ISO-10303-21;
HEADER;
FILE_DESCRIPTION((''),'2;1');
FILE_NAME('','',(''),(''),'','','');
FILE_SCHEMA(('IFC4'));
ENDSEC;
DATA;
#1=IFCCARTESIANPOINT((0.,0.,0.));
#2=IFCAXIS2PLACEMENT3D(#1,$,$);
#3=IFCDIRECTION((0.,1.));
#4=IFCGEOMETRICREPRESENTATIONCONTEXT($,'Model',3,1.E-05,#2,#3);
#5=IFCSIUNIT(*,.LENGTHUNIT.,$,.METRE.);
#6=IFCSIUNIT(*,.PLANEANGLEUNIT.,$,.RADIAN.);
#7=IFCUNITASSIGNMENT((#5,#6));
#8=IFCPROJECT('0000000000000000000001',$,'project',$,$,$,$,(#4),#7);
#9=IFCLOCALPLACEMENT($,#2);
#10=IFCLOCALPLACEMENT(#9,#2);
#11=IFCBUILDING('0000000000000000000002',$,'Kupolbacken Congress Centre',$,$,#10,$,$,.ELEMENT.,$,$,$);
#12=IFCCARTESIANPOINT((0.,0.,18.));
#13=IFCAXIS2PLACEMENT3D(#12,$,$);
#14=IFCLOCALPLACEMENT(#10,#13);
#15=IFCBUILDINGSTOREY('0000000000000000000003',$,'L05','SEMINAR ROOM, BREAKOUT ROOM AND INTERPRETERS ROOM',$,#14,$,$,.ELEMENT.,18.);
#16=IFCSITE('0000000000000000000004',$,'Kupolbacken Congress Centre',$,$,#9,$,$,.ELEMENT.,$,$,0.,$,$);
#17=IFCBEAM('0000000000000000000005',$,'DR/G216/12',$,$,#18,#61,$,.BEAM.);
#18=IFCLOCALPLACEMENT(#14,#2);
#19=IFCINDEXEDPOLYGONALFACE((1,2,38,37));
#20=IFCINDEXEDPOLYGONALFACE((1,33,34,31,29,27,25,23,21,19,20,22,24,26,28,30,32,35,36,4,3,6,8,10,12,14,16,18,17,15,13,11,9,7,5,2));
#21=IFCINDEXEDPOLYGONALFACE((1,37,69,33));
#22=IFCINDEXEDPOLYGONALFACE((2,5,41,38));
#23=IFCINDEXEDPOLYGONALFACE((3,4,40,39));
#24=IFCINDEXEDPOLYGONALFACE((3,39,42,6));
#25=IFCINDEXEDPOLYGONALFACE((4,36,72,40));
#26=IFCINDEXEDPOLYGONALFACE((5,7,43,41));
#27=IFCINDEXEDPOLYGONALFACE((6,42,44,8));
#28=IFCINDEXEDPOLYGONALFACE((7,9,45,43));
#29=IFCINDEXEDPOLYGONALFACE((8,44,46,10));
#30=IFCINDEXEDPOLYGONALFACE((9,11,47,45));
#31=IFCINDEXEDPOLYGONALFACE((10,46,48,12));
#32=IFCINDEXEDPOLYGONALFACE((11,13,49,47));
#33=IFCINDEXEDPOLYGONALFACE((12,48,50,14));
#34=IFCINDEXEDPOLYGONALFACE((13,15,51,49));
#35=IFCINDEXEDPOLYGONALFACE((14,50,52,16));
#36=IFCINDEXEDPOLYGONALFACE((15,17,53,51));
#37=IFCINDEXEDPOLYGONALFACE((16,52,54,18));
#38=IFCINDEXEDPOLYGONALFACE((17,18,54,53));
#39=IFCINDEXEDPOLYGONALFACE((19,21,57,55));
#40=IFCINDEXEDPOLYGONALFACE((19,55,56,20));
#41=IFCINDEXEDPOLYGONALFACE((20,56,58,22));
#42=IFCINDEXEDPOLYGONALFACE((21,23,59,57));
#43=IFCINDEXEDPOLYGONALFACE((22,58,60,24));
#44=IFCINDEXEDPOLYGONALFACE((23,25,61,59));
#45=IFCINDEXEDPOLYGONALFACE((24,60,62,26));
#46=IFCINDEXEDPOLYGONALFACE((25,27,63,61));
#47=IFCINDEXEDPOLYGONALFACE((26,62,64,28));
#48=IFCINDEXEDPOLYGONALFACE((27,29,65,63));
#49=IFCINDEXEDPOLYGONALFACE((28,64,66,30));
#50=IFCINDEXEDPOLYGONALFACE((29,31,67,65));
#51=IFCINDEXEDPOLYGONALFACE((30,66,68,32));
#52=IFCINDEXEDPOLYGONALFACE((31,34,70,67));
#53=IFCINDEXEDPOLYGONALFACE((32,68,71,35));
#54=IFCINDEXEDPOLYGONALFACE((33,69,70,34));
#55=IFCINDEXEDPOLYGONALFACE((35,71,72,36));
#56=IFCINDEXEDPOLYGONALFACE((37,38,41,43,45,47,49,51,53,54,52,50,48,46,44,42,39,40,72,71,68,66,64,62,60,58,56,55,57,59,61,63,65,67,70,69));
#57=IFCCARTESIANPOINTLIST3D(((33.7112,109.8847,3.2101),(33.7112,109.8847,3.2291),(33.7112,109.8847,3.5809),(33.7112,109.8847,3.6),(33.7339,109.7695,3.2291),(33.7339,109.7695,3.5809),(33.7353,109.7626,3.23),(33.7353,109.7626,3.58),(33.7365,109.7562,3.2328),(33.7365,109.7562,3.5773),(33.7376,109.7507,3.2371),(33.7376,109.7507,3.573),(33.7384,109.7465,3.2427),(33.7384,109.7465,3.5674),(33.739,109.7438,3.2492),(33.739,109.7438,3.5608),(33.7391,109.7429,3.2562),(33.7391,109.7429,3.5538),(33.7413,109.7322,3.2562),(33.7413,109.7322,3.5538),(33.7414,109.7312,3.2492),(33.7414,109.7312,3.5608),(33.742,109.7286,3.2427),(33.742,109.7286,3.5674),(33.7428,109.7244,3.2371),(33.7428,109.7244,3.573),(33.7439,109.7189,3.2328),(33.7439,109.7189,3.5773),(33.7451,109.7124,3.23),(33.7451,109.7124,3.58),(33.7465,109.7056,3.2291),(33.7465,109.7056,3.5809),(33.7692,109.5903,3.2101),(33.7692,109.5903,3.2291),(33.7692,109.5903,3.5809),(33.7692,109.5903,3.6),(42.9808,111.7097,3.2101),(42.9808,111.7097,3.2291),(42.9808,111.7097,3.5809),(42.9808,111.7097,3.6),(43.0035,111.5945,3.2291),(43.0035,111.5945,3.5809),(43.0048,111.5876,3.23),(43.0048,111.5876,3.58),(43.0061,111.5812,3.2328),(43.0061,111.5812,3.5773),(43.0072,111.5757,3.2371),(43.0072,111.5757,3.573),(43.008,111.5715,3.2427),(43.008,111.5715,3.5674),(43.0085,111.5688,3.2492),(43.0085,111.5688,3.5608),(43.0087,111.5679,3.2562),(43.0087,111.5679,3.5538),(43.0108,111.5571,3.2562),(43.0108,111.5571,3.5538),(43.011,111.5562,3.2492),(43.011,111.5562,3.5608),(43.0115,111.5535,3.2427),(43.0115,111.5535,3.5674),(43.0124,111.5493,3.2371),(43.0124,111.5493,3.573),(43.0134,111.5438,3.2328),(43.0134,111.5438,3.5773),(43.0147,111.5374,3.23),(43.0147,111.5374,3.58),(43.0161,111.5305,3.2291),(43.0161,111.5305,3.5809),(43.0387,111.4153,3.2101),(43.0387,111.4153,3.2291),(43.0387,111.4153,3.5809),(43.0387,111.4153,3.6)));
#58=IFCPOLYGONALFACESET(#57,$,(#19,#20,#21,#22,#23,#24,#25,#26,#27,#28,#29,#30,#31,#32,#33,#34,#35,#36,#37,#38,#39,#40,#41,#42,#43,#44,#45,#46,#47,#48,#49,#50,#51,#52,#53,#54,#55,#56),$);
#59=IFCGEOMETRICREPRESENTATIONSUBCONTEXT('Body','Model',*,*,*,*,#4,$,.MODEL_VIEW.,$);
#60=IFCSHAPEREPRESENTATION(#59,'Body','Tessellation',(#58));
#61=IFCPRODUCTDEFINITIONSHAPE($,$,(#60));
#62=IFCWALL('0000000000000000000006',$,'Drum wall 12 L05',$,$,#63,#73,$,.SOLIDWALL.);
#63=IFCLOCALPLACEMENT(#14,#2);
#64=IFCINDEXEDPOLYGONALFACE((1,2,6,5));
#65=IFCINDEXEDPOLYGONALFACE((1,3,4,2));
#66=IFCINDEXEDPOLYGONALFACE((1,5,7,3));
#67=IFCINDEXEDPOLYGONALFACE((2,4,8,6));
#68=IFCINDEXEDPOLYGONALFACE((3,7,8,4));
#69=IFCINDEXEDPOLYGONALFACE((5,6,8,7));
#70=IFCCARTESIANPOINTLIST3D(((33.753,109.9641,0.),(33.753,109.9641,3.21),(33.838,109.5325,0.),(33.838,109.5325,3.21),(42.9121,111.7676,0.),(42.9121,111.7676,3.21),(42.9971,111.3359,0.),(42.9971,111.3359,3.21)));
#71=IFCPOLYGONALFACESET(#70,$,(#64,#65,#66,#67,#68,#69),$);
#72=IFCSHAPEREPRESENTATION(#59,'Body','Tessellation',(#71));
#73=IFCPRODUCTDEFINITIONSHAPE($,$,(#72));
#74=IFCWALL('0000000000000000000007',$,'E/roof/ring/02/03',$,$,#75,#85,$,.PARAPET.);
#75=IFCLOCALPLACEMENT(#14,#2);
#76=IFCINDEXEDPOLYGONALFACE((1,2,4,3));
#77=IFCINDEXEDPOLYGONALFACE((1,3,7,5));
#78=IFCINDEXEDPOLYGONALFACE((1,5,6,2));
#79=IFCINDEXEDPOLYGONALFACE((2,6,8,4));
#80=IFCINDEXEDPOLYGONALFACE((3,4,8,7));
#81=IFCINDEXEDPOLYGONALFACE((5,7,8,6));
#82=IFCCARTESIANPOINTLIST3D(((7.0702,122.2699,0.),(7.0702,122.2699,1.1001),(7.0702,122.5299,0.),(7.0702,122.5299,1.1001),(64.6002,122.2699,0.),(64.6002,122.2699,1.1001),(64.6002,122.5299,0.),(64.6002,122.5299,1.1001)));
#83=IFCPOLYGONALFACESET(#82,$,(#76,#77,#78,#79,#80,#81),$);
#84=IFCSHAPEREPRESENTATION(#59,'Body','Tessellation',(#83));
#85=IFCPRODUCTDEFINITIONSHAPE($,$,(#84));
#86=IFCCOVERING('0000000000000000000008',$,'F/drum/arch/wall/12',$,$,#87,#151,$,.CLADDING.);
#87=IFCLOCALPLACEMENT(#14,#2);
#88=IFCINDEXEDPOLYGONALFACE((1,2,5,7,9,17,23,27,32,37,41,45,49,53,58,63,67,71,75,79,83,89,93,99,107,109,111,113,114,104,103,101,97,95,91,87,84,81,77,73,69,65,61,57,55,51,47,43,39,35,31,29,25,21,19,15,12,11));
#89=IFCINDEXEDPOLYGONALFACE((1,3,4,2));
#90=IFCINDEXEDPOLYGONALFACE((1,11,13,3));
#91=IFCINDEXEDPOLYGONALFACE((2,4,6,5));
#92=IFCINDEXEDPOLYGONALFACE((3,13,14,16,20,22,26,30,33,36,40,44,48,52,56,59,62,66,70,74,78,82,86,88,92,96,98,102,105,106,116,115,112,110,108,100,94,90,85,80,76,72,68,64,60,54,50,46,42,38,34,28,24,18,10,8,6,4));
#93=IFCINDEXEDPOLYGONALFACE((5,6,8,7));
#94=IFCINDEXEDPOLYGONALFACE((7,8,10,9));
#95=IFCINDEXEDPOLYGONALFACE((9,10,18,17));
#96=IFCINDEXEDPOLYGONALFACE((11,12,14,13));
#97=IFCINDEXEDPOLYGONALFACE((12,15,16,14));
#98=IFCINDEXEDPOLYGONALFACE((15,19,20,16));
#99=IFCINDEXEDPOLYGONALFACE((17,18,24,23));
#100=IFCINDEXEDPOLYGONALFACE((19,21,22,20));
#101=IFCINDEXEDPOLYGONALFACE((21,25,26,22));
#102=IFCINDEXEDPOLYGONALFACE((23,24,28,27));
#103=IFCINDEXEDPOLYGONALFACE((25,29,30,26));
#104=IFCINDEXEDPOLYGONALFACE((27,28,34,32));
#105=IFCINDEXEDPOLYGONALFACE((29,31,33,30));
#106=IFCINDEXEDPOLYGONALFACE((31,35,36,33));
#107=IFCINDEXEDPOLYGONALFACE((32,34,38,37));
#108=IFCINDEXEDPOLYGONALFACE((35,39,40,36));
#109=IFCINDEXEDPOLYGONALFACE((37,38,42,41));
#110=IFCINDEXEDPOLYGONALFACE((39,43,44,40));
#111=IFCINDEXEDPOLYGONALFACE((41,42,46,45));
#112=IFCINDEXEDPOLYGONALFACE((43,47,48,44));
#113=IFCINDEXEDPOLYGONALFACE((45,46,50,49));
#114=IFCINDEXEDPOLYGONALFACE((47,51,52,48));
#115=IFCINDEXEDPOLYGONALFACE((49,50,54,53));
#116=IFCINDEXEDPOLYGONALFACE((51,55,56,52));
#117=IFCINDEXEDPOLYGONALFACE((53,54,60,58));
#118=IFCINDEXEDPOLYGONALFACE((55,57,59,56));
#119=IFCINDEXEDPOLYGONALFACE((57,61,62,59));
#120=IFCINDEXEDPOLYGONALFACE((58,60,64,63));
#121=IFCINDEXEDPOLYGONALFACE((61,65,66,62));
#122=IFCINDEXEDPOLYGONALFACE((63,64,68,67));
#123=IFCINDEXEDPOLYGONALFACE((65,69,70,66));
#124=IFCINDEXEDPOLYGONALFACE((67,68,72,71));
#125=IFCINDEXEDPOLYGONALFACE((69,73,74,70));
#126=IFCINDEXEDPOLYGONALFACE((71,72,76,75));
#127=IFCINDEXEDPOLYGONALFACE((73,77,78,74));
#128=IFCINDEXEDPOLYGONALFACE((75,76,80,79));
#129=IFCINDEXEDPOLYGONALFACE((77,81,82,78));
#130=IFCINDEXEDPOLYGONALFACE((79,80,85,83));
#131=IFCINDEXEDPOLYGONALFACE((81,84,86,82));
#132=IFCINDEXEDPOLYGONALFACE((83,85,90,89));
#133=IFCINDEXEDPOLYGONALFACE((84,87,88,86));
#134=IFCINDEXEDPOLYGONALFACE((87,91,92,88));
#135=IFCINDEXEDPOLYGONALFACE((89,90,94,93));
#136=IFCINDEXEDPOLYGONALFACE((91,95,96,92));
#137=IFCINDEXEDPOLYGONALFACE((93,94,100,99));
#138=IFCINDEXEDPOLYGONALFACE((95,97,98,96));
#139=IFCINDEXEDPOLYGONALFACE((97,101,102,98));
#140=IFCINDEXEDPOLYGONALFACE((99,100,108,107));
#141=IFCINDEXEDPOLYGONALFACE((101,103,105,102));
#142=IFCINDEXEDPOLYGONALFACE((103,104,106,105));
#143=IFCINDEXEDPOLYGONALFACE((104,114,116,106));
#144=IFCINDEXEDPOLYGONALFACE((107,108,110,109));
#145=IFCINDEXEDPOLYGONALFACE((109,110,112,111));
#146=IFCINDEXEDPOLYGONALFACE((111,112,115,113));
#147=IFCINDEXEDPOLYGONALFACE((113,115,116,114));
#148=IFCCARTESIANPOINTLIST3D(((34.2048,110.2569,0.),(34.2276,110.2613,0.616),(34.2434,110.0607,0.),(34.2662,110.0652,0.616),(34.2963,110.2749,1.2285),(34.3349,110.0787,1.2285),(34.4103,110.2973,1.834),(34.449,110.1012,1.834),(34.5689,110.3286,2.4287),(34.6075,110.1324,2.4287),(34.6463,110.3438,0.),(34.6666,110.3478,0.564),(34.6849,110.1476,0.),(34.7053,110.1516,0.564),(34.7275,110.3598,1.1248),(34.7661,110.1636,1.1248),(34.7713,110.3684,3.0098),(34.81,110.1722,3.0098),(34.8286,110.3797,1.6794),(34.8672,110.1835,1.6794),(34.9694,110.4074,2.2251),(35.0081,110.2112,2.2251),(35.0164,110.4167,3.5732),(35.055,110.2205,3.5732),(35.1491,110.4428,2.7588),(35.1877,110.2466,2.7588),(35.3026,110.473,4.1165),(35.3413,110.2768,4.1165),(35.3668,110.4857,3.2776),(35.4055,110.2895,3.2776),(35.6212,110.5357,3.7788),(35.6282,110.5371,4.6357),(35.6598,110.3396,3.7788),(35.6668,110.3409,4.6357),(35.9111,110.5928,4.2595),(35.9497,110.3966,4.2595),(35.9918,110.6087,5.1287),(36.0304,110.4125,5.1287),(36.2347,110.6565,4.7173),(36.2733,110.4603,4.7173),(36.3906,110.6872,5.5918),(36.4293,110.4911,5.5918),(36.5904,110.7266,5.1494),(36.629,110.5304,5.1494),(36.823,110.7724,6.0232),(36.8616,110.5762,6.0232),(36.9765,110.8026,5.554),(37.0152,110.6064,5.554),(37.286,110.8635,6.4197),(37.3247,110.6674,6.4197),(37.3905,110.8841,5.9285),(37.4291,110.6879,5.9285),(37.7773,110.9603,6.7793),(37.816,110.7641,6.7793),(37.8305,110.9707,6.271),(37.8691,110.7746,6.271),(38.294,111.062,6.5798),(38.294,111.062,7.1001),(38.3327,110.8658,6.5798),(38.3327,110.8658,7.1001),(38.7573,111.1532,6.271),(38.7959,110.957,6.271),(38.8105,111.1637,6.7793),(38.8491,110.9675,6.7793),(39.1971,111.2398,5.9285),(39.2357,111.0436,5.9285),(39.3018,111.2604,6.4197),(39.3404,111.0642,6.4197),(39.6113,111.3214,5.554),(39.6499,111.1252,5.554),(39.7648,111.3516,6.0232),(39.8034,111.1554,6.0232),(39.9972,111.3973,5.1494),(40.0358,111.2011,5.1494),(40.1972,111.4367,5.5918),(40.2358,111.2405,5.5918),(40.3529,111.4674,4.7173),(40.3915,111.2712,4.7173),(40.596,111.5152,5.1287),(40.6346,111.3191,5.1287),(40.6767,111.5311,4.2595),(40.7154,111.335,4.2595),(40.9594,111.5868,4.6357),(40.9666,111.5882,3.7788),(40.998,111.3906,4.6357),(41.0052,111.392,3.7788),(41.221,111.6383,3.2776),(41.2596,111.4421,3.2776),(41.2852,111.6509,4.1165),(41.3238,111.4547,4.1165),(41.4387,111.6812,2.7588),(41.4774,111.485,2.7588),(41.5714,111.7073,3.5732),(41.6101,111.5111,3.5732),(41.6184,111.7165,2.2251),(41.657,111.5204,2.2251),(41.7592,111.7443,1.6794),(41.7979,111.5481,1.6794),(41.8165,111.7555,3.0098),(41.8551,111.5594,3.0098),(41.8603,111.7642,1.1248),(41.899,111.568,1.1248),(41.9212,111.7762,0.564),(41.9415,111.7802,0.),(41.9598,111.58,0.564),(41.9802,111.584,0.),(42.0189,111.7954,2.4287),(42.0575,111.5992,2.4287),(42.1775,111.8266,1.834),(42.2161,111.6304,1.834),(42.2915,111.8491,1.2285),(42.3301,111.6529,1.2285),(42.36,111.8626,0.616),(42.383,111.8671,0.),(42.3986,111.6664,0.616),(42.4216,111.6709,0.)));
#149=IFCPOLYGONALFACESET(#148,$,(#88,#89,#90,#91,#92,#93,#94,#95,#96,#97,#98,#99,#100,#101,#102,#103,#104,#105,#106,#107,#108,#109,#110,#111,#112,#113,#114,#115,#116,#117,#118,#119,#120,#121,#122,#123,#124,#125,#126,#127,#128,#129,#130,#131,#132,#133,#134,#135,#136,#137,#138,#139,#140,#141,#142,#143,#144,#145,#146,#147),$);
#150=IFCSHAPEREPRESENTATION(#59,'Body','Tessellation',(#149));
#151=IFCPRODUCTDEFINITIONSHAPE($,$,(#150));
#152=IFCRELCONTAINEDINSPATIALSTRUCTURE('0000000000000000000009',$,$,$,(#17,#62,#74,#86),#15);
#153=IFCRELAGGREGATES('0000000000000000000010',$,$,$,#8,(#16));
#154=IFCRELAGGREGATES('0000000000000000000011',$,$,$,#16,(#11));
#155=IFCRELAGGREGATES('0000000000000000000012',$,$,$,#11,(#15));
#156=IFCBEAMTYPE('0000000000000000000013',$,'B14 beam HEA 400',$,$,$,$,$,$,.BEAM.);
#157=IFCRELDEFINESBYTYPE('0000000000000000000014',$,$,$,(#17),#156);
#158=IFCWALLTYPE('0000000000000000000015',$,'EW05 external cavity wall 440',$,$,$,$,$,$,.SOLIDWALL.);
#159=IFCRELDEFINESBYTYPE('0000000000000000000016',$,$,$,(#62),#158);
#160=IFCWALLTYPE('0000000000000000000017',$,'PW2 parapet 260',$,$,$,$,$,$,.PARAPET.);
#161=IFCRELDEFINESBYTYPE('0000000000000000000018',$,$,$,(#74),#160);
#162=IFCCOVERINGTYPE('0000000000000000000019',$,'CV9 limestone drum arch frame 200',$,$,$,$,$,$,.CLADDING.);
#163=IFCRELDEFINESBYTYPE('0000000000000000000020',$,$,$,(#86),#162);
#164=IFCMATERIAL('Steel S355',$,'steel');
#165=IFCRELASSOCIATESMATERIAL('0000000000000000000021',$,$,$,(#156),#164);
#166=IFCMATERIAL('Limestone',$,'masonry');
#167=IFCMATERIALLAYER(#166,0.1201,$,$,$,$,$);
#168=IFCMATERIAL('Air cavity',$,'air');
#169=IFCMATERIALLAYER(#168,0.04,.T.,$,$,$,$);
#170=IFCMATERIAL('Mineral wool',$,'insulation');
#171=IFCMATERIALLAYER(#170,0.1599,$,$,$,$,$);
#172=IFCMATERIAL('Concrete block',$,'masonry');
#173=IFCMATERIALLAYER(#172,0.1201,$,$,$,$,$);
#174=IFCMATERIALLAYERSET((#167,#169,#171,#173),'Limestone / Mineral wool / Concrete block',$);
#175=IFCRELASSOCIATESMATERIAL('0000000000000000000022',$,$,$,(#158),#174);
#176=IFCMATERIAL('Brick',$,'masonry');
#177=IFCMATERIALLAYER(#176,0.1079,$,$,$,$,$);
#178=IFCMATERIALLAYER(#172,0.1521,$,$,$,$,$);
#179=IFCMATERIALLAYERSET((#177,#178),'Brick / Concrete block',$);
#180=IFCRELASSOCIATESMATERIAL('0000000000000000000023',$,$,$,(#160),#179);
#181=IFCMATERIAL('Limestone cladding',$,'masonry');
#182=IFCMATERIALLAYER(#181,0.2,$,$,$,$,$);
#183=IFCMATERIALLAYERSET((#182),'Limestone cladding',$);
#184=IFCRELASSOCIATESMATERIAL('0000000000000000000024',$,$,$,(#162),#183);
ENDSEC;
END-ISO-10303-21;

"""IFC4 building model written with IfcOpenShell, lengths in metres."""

from ifc_helpers import new_model, si_unit, direction, frame, frame_2d, origin, origin_2d, place, context, subcontext, project, spatial, polyline, rectangle, i_section, outline, extrude, material, layer, layer_set, material_profile, profile_set, type_object, element, save


model = new_model("IFC4")

# Units and contexts
model_context = context("Model", 3, precision=1e-05, world=origin(), true_north=direction((0.0, 1.0)))
body_context = subcontext(model_context, "Body", "Model", "MODEL_VIEW")
ifc_project = project(units=[si_unit("LENGTHUNIT", "METRE"), si_unit("PLANEANGLEUNIT", "RADIAN")], contexts=[model_context])

# Site, building, storey
site_placement = place(None, origin())
site = spatial("IfcSite", under=ifc_project, at=site_placement, Name="Kupolbacken Congress Centre", CompositionType="ELEMENT", RefElevation=0.0)
building_placement = place(site_placement, origin())
building = spatial("IfcBuilding", under=site, at=building_placement, Name="Kupolbacken Congress Centre", CompositionType="ELEMENT")
storey_placement = place(building_placement, frame((0.0, 0.0, 18.0)))
storey = spatial("IfcBuildingStorey", under=building, at=storey_placement, Name="L05", Description="SEMINAR ROOM, BREAKOUT ROOM AND INTERPRETERS ROOM", CompositionType="ELEMENT", Elevation=18.0)

# Beam
ifc_material_1 = material(Name="Steel S355", Category="steel")
ifc_material_profile_1 = material_profile(ifc_material_1, i_section(OverallWidth=0.3, OverallDepth=0.3899, WebThickness=0.011, FlangeThickness=0.019, FilletRadius=0.0271, at=origin_2d()), Name="HEA 400")
ifc_profile_set_1 = profile_set([ifc_material_profile_1], Name="Steel S355")
beam_type_1 = type_object("IfcBeamType", Name="B14 beam HEA 400", PredefinedType="BEAM", material=ifc_profile_set_1)
beam_1_placement = place(storey_placement, frame((43.0098, 111.5625, 3.405), z_axis=(-0.981166, -0.193168, 0.0), x_axis=(0.193168, -0.981166, 0.0)))
element("IfcBeam", 1, at=beam_1_placement, inside=storey, type_object=beam_type_1, Name="DR/G216/12", PredefinedType="BEAM", context=body_context, shape_type="SweptSolid", body=[
    extrude(i_section(OverallWidth=0.3, OverallDepth=0.3899, WebThickness=0.011, FlangeThickness=0.019, FilletRadius=0.0271, at=origin_2d()), origin(), (0.0, 0.0, 1.0), 9.4475),
])

# Walls
ifc_material_2 = material(Name="Limestone", Category="masonry")
ifc_layer_1 = layer(ifc_material_2, 0.1201)
ifc_material_3 = material(Name="Air cavity", Category="air")
ifc_layer_2 = layer(ifc_material_3, 0.04, ventilated=True)
ifc_material_4 = material(Name="Mineral wool", Category="insulation")
ifc_layer_3 = layer(ifc_material_4, 0.1599)
ifc_material_5 = material(Name="Concrete block", Category="masonry")
ifc_layer_4 = layer(ifc_material_5, 0.1201)
ifc_layer_set_1 = layer_set([ifc_layer_1, ifc_layer_2, ifc_layer_3, ifc_layer_4], Name="Limestone / Mineral wool / Concrete block")
wall_type_1 = type_object("IfcWallType", Name="EW05 external cavity wall 440", PredefinedType="SOLIDWALL", material=ifc_layer_set_1)
wall_1_placement = place(storey_placement, frame((42.9546, 111.5518, 0.0), z_axis=(0.0, 0.0, 1.0), x_axis=(-0.981161, -0.193193, 0.0)))
element("IfcWall", 2, at=wall_1_placement, inside=storey, type_object=wall_type_1, Name="Drum wall 12 L05", PredefinedType="SOLIDWALL", context=body_context, shape_type="SweptSolid", body=[
    extrude(rectangle(XDim=9.335, YDim=0.4399, at=frame_2d((4.6675, 0.0))), origin(), (0.0, 0.0, 1.0), 3.21),
])
ifc_material_6 = material(Name="Brick", Category="masonry")
ifc_layer_5 = layer(ifc_material_6, 0.1079)
ifc_layer_6 = layer(ifc_material_5, 0.1521)
ifc_layer_set_2 = layer_set([ifc_layer_5, ifc_layer_6], Name="Brick / Concrete block")
wall_type_2 = type_object("IfcWallType", Name="PW2 parapet 260", PredefinedType="PARAPET", material=ifc_layer_set_2)
wall_2_placement = place(storey_placement, frame((7.0701, 122.3999, 0.0), z_axis=(0.0, 0.0, 1.0), x_axis=(1.0, 0.0, 0.0)))
element("IfcWall", 3, at=wall_2_placement, inside=storey, type_object=wall_type_2, Name="E/roof/ring/02/03", PredefinedType="PARAPET", context=body_context, shape_type="SweptSolid", body=[
    extrude(rectangle(XDim=57.53, YDim=0.26, at=frame_2d((28.7651, 0.0))), origin(), (0.0, 0.0, 1.0), 1.1001),
])

# Covering
ifc_material_7 = material(Name="Limestone cladding", Category="masonry")
ifc_layer_7 = layer(ifc_material_7, 0.2)
ifc_layer_set_3 = layer_set([ifc_layer_7], Name="Limestone cladding")
covering_type = type_object("IfcCoveringType", Name="CV9 limestone drum arch frame 200", PredefinedType="CLADDING", material=ifc_layer_set_3)
covering_placement = place(storey_placement, frame((42.4216, 111.6709, 0.0), z_axis=(-0.193182, 0.981163, 0.0), x_axis=(-0.981163, -0.193182, 0.0)))
element("IfcCovering", 4, at=covering_placement, inside=storey, type_object=covering_type, Name="F/drum/arch/wall/12", PredefinedType="CLADDING", context=body_context, shape_type="SweptSolid", body=[
    extrude(outline(polyline([(0.0, 0.0), (0.0234, 0.616), (0.0933, 1.2285), (0.2095, 1.834), (0.3711, 2.4287), (0.5774, 3.0098), (0.8271, 3.5732), (1.1189, 4.1165), (1.4509, 4.6357), (1.8213, 5.1287), (2.2278, 5.5918), (2.6685, 6.0232), (3.1404, 6.4197), (3.6411, 6.7793), (4.1675, 7.1001), (4.6941, 6.7793), (5.1948, 6.4197), (5.6667, 6.0232), (6.1074, 5.5918), (6.5139, 5.1287), (6.8845, 4.6357), (7.2163, 4.1165), (7.5081, 3.5732), (7.7578, 3.0098), (7.9641, 2.4287), (8.1257, 1.834), (8.2419, 1.2285), (8.312, 0.616), (8.3352, 0.0), (7.8853, 0.0), (7.8645, 0.564), (7.8025, 1.1248), (7.6995, 1.6794), (7.5559, 2.2251), (7.3728, 2.7588), (7.1509, 3.2776), (6.8916, 3.7788), (6.5962, 4.2595), (6.2664, 4.7173), (5.9038, 5.1494), (5.5103, 5.554), (5.0884, 5.9285), (4.6399, 6.271), (4.1675, 6.5798), (3.6953, 6.271), (3.2471, 5.9285), (2.825, 5.554), (2.4316, 5.1494), (2.0691, 4.7173), (1.739, 4.2595), (1.4436, 3.7788), (1.1843, 3.2776), (0.9624, 2.7588), (0.7793, 2.2251), (0.6357, 1.6794), (0.5327, 1.1248), (0.4707, 0.564), (0.45, 0.0), (0.0, 0.0)])), origin(), (0.0, 0.0, 1.0), 0.2),
])

save(model, "model.ifc")
